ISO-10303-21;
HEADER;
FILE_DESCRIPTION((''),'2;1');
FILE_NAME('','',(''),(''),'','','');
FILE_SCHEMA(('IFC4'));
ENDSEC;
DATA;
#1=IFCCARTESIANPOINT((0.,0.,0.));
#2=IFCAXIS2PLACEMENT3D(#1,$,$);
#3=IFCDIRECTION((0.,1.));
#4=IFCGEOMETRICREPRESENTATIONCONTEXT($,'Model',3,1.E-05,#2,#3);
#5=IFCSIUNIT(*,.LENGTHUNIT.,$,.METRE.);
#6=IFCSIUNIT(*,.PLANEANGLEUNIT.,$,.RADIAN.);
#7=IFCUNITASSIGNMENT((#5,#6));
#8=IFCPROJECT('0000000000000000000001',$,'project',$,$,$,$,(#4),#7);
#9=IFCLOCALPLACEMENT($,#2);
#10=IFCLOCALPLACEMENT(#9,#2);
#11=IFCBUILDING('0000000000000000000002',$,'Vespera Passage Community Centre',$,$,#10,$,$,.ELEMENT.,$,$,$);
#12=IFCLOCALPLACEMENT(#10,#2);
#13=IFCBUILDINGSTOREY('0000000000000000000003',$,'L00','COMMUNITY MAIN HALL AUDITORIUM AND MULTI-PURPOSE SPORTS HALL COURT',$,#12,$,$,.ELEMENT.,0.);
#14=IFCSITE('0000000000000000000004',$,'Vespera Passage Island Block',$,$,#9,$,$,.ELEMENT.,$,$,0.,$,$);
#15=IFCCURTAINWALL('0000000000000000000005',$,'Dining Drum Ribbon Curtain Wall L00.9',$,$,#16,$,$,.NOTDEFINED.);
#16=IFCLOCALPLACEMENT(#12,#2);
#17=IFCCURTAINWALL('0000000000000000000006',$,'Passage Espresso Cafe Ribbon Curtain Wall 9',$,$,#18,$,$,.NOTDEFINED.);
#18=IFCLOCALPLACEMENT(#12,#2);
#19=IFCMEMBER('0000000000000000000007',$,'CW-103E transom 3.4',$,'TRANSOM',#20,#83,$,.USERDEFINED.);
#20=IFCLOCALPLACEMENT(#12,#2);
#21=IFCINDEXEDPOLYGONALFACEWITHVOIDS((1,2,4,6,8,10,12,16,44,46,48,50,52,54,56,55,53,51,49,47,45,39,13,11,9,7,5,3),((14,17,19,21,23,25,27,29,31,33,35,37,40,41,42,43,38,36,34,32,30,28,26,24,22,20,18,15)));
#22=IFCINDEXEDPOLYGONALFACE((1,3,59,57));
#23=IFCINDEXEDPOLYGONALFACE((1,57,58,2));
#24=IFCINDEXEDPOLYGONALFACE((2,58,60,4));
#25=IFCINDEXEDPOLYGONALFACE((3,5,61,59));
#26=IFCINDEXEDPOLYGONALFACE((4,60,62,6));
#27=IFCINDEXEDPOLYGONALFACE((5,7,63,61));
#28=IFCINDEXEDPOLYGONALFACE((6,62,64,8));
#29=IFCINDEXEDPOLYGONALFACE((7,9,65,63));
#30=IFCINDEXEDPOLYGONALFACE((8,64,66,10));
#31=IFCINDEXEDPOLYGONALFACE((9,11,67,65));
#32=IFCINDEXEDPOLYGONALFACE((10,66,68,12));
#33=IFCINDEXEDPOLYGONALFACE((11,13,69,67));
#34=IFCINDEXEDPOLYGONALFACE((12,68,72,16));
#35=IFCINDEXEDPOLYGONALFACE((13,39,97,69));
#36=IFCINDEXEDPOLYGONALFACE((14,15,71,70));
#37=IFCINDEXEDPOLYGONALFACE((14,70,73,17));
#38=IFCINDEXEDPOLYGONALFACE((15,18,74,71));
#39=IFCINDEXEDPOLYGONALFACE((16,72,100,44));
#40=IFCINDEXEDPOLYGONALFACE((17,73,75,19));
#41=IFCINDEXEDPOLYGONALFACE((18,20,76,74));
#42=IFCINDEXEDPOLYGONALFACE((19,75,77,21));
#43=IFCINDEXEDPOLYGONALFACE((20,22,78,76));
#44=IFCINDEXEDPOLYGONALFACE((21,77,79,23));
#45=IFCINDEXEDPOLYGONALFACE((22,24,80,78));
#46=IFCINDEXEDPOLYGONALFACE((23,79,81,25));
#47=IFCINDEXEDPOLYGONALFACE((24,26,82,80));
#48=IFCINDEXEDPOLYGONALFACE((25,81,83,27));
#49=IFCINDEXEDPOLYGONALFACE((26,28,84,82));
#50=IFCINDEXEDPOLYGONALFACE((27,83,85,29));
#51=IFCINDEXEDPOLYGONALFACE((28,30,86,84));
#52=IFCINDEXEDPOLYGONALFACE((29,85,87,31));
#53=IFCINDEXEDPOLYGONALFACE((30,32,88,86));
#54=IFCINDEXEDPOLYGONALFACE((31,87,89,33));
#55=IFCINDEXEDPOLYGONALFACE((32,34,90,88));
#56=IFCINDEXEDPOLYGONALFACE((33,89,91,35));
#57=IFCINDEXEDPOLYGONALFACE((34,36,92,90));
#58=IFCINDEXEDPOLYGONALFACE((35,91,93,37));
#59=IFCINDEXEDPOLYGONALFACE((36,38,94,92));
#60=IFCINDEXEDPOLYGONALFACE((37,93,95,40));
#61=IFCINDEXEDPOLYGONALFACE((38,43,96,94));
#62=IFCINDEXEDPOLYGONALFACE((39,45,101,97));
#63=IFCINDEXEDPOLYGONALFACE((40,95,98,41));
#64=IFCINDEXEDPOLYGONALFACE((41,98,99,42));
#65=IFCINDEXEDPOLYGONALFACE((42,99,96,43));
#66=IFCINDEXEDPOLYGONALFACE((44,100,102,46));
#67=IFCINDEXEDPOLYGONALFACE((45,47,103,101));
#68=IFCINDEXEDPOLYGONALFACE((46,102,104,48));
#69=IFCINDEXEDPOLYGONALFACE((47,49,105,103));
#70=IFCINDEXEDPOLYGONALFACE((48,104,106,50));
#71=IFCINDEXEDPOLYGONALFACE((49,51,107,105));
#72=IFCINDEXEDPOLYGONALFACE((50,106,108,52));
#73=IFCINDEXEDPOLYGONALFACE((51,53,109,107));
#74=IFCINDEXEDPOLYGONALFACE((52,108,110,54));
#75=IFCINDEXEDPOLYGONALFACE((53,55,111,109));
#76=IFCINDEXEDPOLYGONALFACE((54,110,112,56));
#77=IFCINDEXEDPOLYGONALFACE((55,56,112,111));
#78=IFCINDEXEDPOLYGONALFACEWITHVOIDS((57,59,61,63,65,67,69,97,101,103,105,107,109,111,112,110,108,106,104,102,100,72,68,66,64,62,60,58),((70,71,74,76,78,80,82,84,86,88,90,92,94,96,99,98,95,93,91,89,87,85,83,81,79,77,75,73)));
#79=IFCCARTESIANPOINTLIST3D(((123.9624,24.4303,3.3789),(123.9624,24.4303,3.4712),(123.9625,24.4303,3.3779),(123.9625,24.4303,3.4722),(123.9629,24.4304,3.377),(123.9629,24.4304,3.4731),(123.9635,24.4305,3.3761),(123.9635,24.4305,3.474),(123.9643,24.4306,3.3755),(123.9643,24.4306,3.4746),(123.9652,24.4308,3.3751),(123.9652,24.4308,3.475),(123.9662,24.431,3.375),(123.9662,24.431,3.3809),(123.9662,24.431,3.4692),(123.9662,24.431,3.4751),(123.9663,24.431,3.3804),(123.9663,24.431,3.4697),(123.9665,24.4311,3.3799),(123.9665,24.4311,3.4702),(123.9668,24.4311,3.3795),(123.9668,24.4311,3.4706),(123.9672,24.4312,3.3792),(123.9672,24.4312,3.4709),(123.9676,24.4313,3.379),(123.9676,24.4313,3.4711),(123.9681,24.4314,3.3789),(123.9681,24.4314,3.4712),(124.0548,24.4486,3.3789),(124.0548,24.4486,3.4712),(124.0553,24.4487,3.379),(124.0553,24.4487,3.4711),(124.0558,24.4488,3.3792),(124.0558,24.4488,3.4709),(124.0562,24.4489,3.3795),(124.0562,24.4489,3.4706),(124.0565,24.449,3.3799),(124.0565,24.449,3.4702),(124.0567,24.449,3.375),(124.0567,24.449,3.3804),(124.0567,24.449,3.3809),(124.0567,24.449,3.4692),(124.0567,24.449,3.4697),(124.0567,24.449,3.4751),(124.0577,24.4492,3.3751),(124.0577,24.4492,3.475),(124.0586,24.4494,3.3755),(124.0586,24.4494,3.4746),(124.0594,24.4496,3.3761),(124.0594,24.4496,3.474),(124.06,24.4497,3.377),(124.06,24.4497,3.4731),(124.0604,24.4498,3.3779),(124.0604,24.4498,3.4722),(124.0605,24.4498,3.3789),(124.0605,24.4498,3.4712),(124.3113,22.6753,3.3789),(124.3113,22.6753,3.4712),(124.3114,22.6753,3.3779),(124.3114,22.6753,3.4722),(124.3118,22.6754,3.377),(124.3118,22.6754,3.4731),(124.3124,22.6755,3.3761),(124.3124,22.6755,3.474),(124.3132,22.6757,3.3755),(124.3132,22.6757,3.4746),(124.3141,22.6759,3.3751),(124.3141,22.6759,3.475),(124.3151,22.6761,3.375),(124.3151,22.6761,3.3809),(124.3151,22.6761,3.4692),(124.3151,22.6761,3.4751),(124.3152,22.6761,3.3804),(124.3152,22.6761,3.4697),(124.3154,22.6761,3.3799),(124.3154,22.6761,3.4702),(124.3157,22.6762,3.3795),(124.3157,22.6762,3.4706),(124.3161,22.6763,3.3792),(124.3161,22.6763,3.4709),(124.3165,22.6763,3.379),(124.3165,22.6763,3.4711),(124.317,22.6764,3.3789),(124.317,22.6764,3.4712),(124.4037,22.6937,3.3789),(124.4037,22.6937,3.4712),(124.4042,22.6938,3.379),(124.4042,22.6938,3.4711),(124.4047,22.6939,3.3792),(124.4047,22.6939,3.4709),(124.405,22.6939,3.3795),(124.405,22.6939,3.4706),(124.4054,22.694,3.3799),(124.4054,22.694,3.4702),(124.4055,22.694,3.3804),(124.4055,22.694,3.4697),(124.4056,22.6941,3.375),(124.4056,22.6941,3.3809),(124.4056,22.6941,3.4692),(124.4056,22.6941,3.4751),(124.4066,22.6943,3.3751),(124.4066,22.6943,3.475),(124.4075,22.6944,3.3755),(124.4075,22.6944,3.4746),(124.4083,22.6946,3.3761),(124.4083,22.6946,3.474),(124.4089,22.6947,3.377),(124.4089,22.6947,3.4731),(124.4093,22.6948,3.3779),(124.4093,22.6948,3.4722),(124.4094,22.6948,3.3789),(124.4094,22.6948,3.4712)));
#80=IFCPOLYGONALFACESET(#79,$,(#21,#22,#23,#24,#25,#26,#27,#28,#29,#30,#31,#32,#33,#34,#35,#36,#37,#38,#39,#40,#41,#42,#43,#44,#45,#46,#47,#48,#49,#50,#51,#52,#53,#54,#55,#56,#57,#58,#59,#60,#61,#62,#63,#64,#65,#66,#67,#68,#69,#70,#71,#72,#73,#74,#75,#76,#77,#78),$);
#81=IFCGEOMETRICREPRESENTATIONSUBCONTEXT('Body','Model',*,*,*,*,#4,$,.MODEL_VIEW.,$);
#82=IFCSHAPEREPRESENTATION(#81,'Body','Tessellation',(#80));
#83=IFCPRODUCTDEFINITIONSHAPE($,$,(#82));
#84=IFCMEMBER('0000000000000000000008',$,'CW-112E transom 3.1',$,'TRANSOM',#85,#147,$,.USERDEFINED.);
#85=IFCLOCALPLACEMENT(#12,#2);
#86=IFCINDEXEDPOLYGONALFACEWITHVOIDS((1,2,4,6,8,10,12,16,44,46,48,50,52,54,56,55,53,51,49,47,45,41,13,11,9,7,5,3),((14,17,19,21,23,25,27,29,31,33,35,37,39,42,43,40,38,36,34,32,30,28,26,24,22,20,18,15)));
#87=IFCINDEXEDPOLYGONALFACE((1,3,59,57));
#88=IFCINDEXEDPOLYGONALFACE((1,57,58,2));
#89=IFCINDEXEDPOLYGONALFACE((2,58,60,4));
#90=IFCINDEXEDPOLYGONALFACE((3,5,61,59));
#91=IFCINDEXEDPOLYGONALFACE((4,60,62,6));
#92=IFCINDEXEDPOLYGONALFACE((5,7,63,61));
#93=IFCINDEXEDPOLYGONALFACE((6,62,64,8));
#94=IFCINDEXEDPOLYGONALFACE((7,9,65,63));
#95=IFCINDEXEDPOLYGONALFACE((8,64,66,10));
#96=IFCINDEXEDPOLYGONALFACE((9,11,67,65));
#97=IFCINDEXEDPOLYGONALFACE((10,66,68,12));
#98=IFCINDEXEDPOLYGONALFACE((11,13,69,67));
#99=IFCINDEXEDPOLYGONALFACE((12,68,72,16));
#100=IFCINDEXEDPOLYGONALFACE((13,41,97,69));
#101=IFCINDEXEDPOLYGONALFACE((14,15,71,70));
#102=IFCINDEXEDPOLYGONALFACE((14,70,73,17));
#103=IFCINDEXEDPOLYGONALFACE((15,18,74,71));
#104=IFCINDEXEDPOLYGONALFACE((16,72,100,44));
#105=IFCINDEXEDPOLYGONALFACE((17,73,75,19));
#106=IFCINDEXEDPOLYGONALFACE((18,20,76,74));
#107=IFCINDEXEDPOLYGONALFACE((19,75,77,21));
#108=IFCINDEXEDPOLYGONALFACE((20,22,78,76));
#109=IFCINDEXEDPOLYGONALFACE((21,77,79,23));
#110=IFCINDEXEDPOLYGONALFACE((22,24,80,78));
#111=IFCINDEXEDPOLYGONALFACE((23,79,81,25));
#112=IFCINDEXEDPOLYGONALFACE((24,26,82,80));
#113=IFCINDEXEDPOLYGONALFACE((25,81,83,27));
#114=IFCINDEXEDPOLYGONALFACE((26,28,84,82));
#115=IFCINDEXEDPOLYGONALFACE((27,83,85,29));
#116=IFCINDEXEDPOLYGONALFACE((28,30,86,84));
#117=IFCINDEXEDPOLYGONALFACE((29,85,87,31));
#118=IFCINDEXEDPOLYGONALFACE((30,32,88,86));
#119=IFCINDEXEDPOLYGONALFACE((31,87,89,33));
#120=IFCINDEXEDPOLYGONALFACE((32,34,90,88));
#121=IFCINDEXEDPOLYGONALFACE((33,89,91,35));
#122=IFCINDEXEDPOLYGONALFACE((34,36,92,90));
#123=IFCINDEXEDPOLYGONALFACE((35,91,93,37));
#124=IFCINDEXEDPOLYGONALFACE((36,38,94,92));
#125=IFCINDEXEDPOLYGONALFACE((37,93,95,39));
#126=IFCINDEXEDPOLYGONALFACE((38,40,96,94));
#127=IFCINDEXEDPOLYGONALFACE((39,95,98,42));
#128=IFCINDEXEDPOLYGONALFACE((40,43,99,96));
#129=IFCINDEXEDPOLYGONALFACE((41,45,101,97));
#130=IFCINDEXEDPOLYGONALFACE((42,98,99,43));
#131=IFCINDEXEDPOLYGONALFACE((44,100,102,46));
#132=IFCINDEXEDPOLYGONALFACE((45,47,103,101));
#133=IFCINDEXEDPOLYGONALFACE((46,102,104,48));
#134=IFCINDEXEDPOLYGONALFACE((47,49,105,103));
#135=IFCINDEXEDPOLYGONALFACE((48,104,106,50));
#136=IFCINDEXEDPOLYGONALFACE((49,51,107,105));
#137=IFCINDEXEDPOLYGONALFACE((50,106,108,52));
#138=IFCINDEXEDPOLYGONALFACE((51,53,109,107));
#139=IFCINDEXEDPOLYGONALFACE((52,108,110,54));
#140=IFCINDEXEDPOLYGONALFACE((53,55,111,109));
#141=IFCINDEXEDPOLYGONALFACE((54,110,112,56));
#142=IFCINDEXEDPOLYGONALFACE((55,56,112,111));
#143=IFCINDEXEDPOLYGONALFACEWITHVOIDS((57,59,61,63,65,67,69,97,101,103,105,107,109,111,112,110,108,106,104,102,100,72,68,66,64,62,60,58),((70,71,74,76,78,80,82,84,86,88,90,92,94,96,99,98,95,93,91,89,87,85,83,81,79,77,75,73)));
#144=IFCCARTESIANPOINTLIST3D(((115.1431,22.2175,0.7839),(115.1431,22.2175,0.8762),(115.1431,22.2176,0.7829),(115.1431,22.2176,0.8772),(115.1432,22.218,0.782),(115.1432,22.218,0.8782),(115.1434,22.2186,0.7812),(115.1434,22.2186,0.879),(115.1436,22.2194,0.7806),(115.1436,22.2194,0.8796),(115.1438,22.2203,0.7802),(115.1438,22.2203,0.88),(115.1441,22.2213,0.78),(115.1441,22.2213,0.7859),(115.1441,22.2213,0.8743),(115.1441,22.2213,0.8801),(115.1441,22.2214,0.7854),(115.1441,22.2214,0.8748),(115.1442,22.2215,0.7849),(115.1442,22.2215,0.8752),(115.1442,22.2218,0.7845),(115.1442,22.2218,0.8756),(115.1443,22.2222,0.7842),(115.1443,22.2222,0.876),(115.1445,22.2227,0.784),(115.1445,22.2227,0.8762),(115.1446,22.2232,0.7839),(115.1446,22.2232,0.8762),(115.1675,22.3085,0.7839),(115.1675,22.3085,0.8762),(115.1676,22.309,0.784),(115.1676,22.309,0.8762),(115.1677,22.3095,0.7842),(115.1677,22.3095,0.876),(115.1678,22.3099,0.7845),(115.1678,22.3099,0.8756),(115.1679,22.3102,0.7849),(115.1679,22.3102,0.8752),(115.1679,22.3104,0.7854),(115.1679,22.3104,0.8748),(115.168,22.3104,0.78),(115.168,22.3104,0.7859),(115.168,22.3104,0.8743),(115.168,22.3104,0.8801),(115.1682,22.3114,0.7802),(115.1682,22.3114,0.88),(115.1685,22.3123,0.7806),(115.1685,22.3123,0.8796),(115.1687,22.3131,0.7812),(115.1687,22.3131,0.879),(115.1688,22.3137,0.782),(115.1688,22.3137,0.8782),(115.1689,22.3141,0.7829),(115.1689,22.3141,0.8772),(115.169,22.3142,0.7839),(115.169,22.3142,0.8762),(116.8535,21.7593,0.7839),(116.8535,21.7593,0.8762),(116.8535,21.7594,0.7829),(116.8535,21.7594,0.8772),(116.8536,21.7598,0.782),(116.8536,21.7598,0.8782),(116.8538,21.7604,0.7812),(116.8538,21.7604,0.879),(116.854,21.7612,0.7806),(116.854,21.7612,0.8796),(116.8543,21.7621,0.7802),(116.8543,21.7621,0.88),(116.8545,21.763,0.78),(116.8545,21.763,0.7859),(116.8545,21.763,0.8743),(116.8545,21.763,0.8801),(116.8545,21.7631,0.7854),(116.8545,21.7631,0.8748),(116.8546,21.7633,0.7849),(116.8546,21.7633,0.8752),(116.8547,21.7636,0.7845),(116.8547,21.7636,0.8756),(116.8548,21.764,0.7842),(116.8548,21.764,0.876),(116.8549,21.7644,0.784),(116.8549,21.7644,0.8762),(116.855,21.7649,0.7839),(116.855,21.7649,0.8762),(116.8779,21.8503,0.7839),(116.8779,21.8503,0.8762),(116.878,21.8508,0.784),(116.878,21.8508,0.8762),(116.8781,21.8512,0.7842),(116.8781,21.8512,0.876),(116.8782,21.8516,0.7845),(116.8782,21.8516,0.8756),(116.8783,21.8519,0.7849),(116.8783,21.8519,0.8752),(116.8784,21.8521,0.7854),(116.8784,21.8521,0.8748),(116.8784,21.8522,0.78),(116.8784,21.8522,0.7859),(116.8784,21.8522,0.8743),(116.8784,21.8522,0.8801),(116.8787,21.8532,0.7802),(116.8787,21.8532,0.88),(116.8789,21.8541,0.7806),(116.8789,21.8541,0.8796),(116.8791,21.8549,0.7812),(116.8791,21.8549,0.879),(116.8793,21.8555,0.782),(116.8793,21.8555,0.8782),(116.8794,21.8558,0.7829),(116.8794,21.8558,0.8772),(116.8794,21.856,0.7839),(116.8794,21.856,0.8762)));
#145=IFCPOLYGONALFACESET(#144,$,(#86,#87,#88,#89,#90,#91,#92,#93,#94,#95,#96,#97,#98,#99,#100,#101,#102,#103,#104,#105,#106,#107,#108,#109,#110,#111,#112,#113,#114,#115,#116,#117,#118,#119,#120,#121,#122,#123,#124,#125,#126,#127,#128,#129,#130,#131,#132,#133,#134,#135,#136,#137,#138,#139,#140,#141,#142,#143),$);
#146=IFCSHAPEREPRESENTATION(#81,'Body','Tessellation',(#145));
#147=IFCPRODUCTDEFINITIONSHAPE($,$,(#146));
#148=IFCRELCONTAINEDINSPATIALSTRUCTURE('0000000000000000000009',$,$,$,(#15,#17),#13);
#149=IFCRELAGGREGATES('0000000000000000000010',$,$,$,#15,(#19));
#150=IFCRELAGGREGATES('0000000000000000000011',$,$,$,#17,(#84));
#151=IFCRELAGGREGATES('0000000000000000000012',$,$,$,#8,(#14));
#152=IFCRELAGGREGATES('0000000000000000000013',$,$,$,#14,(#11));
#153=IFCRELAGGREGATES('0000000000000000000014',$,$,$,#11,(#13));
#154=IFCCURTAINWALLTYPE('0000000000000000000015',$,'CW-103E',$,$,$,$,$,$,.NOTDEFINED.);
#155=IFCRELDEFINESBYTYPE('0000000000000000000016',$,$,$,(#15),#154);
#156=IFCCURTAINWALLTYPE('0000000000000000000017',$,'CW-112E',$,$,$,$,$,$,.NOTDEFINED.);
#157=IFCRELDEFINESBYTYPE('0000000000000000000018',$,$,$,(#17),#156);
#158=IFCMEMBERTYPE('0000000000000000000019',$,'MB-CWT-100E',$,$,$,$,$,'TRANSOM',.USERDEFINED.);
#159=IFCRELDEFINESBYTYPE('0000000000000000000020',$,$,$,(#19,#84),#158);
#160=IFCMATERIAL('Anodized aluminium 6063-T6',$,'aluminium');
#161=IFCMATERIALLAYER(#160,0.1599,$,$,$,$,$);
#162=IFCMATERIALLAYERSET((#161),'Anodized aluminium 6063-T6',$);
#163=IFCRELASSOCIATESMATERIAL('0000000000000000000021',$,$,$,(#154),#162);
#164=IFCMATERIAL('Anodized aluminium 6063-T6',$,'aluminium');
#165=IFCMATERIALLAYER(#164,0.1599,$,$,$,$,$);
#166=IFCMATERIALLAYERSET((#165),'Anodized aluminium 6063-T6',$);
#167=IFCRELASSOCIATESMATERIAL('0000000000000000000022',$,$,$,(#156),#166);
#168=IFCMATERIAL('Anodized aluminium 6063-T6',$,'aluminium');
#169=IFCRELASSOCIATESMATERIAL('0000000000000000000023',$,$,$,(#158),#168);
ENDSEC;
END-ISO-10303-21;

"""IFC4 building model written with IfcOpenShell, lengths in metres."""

from ifc_helpers import new_model, si_unit, direction, frame, origin, origin_2d, place, context, subcontext, project, spatial, hollow_rectangle, extrude, material, layer, layer_set, material_profile, profile_set, type_object, element, aggregate, save


model = new_model("IFC4")

# Units and contexts
model_context = context("Model", 3, precision=1e-05, world=origin(), true_north=direction((0.0, 1.0)))
body_context = subcontext(model_context, "Body", "Model", "MODEL_VIEW")
ifc_project = project(units=[si_unit("LENGTHUNIT", "METRE"), si_unit("PLANEANGLEUNIT", "RADIAN")], contexts=[model_context])

# Site, building, storey
site_placement = place(None, origin())
site = spatial("IfcSite", under=ifc_project, at=site_placement, Name="Vespera Passage Island Block", CompositionType="ELEMENT", RefElevation=0.0)
building_placement = place(site_placement, origin())
building = spatial("IfcBuilding", under=site, at=building_placement, Name="Vespera Passage Community Centre", CompositionType="ELEMENT")
storey_placement = place(building_placement, origin())
storey = spatial("IfcBuildingStorey", under=building, at=storey_placement, Name="L00", Description="COMMUNITY MAIN HALL AUDITORIUM AND MULTI-PURPOSE SPORTS HALL COURT", CompositionType="ELEMENT", Elevation=0.0)

# Curtain walls
ifc_material_1 = material(Name="Anodized aluminium 6063-T6", Category="aluminium")
ifc_layer_1 = layer(ifc_material_1, 0.1599)
ifc_layer_set_1 = layer_set([ifc_layer_1], Name="Anodized aluminium 6063-T6")
curtain_wall_type_1 = type_object("IfcCurtainWallType", Name="CW-103E", PredefinedType="NOTDEFINED", material=ifc_layer_set_1)
curtain_wall_1_placement = place(storey_placement, origin())
curtain_wall_1 = element("IfcCurtainWall", 1, at=curtain_wall_1_placement, inside=storey, type_object=curtain_wall_type_1, Name="Dining Drum Ribbon Curtain Wall L00.9", PredefinedType="NOTDEFINED")
ifc_material_2 = material(Name="Anodized aluminium 6063-T6", Category="aluminium")
ifc_layer_2 = layer(ifc_material_2, 0.1599)
ifc_layer_set_2 = layer_set([ifc_layer_2], Name="Anodized aluminium 6063-T6")
curtain_wall_type_2 = type_object("IfcCurtainWallType", Name="CW-112E", PredefinedType="NOTDEFINED", material=ifc_layer_set_2)
curtain_wall_2_placement = place(storey_placement, origin())
curtain_wall_2 = element("IfcCurtainWall", 2, at=curtain_wall_2_placement, inside=storey, type_object=curtain_wall_type_2, Name="Passage Espresso Cafe Ribbon Curtain Wall 9", PredefinedType="NOTDEFINED")

# Members
ifc_material_3 = material(Name="Anodized aluminium 6063-T6", Category="aluminium")
ifc_material_profile_1 = material_profile(ifc_material_3, hollow_rectangle(XDim=0.1001, YDim=0.1001, WallThickness=0.0039, InnerFilletRadius=0.002, OuterFilletRadius=0.0039, at=origin_2d()), Name="ALU100X100X4")
ifc_profile_set_1 = profile_set([ifc_material_profile_1], Name="Anodized aluminium 6063-T6")
member_type_1 = type_object("IfcMemberType", Name="MB-CWT-100E", ElementType="TRANSOM", PredefinedType="USERDEFINED", material=ifc_profile_set_1)
member_1_placement = place(storey_placement, frame((124.3604, 22.6851, 3.425), z_axis=(-0.194988, 0.980806, 0.0), x_axis=(-0.980806, -0.194988, 0.0)))
member_1 = element("IfcMember", 3, at=member_1_placement, type_object=member_type_1, Name="CW-103E transom 3.4", ObjectType="TRANSOM", PredefinedType="USERDEFINED", context=body_context, shape_type="SweptSolid", body=[
    extrude(hollow_rectangle(XDim=0.1001, YDim=0.1001, WallThickness=0.0039, InnerFilletRadius=0.002, OuterFilletRadius=0.0039, at=origin_2d()), origin(), (0.0, 0.0, 1.0), 1.7893),
])
member_2_placement = place(storey_placement, frame((116.8665, 21.8076, 0.8301), z_axis=(-0.965935, 0.258787, 0.0), x_axis=(-0.258787, -0.965935, 0.0)))
member_2 = element("IfcMember", 4, at=member_2_placement, type_object=member_type_1, Name="CW-112E transom 3.1", ObjectType="TRANSOM", PredefinedType="USERDEFINED", context=body_context, shape_type="SweptSolid", body=[
    extrude(hollow_rectangle(XDim=0.1001, YDim=0.1001, WallThickness=0.0039, InnerFilletRadius=0.002, OuterFilletRadius=0.0039, at=origin_2d()), origin(), (0.0, 0.0, 1.0), 1.7708),
])

aggregate(curtain_wall_1, [member_1])
aggregate(curtain_wall_2, [member_2])

save(model, "model.ifc")
